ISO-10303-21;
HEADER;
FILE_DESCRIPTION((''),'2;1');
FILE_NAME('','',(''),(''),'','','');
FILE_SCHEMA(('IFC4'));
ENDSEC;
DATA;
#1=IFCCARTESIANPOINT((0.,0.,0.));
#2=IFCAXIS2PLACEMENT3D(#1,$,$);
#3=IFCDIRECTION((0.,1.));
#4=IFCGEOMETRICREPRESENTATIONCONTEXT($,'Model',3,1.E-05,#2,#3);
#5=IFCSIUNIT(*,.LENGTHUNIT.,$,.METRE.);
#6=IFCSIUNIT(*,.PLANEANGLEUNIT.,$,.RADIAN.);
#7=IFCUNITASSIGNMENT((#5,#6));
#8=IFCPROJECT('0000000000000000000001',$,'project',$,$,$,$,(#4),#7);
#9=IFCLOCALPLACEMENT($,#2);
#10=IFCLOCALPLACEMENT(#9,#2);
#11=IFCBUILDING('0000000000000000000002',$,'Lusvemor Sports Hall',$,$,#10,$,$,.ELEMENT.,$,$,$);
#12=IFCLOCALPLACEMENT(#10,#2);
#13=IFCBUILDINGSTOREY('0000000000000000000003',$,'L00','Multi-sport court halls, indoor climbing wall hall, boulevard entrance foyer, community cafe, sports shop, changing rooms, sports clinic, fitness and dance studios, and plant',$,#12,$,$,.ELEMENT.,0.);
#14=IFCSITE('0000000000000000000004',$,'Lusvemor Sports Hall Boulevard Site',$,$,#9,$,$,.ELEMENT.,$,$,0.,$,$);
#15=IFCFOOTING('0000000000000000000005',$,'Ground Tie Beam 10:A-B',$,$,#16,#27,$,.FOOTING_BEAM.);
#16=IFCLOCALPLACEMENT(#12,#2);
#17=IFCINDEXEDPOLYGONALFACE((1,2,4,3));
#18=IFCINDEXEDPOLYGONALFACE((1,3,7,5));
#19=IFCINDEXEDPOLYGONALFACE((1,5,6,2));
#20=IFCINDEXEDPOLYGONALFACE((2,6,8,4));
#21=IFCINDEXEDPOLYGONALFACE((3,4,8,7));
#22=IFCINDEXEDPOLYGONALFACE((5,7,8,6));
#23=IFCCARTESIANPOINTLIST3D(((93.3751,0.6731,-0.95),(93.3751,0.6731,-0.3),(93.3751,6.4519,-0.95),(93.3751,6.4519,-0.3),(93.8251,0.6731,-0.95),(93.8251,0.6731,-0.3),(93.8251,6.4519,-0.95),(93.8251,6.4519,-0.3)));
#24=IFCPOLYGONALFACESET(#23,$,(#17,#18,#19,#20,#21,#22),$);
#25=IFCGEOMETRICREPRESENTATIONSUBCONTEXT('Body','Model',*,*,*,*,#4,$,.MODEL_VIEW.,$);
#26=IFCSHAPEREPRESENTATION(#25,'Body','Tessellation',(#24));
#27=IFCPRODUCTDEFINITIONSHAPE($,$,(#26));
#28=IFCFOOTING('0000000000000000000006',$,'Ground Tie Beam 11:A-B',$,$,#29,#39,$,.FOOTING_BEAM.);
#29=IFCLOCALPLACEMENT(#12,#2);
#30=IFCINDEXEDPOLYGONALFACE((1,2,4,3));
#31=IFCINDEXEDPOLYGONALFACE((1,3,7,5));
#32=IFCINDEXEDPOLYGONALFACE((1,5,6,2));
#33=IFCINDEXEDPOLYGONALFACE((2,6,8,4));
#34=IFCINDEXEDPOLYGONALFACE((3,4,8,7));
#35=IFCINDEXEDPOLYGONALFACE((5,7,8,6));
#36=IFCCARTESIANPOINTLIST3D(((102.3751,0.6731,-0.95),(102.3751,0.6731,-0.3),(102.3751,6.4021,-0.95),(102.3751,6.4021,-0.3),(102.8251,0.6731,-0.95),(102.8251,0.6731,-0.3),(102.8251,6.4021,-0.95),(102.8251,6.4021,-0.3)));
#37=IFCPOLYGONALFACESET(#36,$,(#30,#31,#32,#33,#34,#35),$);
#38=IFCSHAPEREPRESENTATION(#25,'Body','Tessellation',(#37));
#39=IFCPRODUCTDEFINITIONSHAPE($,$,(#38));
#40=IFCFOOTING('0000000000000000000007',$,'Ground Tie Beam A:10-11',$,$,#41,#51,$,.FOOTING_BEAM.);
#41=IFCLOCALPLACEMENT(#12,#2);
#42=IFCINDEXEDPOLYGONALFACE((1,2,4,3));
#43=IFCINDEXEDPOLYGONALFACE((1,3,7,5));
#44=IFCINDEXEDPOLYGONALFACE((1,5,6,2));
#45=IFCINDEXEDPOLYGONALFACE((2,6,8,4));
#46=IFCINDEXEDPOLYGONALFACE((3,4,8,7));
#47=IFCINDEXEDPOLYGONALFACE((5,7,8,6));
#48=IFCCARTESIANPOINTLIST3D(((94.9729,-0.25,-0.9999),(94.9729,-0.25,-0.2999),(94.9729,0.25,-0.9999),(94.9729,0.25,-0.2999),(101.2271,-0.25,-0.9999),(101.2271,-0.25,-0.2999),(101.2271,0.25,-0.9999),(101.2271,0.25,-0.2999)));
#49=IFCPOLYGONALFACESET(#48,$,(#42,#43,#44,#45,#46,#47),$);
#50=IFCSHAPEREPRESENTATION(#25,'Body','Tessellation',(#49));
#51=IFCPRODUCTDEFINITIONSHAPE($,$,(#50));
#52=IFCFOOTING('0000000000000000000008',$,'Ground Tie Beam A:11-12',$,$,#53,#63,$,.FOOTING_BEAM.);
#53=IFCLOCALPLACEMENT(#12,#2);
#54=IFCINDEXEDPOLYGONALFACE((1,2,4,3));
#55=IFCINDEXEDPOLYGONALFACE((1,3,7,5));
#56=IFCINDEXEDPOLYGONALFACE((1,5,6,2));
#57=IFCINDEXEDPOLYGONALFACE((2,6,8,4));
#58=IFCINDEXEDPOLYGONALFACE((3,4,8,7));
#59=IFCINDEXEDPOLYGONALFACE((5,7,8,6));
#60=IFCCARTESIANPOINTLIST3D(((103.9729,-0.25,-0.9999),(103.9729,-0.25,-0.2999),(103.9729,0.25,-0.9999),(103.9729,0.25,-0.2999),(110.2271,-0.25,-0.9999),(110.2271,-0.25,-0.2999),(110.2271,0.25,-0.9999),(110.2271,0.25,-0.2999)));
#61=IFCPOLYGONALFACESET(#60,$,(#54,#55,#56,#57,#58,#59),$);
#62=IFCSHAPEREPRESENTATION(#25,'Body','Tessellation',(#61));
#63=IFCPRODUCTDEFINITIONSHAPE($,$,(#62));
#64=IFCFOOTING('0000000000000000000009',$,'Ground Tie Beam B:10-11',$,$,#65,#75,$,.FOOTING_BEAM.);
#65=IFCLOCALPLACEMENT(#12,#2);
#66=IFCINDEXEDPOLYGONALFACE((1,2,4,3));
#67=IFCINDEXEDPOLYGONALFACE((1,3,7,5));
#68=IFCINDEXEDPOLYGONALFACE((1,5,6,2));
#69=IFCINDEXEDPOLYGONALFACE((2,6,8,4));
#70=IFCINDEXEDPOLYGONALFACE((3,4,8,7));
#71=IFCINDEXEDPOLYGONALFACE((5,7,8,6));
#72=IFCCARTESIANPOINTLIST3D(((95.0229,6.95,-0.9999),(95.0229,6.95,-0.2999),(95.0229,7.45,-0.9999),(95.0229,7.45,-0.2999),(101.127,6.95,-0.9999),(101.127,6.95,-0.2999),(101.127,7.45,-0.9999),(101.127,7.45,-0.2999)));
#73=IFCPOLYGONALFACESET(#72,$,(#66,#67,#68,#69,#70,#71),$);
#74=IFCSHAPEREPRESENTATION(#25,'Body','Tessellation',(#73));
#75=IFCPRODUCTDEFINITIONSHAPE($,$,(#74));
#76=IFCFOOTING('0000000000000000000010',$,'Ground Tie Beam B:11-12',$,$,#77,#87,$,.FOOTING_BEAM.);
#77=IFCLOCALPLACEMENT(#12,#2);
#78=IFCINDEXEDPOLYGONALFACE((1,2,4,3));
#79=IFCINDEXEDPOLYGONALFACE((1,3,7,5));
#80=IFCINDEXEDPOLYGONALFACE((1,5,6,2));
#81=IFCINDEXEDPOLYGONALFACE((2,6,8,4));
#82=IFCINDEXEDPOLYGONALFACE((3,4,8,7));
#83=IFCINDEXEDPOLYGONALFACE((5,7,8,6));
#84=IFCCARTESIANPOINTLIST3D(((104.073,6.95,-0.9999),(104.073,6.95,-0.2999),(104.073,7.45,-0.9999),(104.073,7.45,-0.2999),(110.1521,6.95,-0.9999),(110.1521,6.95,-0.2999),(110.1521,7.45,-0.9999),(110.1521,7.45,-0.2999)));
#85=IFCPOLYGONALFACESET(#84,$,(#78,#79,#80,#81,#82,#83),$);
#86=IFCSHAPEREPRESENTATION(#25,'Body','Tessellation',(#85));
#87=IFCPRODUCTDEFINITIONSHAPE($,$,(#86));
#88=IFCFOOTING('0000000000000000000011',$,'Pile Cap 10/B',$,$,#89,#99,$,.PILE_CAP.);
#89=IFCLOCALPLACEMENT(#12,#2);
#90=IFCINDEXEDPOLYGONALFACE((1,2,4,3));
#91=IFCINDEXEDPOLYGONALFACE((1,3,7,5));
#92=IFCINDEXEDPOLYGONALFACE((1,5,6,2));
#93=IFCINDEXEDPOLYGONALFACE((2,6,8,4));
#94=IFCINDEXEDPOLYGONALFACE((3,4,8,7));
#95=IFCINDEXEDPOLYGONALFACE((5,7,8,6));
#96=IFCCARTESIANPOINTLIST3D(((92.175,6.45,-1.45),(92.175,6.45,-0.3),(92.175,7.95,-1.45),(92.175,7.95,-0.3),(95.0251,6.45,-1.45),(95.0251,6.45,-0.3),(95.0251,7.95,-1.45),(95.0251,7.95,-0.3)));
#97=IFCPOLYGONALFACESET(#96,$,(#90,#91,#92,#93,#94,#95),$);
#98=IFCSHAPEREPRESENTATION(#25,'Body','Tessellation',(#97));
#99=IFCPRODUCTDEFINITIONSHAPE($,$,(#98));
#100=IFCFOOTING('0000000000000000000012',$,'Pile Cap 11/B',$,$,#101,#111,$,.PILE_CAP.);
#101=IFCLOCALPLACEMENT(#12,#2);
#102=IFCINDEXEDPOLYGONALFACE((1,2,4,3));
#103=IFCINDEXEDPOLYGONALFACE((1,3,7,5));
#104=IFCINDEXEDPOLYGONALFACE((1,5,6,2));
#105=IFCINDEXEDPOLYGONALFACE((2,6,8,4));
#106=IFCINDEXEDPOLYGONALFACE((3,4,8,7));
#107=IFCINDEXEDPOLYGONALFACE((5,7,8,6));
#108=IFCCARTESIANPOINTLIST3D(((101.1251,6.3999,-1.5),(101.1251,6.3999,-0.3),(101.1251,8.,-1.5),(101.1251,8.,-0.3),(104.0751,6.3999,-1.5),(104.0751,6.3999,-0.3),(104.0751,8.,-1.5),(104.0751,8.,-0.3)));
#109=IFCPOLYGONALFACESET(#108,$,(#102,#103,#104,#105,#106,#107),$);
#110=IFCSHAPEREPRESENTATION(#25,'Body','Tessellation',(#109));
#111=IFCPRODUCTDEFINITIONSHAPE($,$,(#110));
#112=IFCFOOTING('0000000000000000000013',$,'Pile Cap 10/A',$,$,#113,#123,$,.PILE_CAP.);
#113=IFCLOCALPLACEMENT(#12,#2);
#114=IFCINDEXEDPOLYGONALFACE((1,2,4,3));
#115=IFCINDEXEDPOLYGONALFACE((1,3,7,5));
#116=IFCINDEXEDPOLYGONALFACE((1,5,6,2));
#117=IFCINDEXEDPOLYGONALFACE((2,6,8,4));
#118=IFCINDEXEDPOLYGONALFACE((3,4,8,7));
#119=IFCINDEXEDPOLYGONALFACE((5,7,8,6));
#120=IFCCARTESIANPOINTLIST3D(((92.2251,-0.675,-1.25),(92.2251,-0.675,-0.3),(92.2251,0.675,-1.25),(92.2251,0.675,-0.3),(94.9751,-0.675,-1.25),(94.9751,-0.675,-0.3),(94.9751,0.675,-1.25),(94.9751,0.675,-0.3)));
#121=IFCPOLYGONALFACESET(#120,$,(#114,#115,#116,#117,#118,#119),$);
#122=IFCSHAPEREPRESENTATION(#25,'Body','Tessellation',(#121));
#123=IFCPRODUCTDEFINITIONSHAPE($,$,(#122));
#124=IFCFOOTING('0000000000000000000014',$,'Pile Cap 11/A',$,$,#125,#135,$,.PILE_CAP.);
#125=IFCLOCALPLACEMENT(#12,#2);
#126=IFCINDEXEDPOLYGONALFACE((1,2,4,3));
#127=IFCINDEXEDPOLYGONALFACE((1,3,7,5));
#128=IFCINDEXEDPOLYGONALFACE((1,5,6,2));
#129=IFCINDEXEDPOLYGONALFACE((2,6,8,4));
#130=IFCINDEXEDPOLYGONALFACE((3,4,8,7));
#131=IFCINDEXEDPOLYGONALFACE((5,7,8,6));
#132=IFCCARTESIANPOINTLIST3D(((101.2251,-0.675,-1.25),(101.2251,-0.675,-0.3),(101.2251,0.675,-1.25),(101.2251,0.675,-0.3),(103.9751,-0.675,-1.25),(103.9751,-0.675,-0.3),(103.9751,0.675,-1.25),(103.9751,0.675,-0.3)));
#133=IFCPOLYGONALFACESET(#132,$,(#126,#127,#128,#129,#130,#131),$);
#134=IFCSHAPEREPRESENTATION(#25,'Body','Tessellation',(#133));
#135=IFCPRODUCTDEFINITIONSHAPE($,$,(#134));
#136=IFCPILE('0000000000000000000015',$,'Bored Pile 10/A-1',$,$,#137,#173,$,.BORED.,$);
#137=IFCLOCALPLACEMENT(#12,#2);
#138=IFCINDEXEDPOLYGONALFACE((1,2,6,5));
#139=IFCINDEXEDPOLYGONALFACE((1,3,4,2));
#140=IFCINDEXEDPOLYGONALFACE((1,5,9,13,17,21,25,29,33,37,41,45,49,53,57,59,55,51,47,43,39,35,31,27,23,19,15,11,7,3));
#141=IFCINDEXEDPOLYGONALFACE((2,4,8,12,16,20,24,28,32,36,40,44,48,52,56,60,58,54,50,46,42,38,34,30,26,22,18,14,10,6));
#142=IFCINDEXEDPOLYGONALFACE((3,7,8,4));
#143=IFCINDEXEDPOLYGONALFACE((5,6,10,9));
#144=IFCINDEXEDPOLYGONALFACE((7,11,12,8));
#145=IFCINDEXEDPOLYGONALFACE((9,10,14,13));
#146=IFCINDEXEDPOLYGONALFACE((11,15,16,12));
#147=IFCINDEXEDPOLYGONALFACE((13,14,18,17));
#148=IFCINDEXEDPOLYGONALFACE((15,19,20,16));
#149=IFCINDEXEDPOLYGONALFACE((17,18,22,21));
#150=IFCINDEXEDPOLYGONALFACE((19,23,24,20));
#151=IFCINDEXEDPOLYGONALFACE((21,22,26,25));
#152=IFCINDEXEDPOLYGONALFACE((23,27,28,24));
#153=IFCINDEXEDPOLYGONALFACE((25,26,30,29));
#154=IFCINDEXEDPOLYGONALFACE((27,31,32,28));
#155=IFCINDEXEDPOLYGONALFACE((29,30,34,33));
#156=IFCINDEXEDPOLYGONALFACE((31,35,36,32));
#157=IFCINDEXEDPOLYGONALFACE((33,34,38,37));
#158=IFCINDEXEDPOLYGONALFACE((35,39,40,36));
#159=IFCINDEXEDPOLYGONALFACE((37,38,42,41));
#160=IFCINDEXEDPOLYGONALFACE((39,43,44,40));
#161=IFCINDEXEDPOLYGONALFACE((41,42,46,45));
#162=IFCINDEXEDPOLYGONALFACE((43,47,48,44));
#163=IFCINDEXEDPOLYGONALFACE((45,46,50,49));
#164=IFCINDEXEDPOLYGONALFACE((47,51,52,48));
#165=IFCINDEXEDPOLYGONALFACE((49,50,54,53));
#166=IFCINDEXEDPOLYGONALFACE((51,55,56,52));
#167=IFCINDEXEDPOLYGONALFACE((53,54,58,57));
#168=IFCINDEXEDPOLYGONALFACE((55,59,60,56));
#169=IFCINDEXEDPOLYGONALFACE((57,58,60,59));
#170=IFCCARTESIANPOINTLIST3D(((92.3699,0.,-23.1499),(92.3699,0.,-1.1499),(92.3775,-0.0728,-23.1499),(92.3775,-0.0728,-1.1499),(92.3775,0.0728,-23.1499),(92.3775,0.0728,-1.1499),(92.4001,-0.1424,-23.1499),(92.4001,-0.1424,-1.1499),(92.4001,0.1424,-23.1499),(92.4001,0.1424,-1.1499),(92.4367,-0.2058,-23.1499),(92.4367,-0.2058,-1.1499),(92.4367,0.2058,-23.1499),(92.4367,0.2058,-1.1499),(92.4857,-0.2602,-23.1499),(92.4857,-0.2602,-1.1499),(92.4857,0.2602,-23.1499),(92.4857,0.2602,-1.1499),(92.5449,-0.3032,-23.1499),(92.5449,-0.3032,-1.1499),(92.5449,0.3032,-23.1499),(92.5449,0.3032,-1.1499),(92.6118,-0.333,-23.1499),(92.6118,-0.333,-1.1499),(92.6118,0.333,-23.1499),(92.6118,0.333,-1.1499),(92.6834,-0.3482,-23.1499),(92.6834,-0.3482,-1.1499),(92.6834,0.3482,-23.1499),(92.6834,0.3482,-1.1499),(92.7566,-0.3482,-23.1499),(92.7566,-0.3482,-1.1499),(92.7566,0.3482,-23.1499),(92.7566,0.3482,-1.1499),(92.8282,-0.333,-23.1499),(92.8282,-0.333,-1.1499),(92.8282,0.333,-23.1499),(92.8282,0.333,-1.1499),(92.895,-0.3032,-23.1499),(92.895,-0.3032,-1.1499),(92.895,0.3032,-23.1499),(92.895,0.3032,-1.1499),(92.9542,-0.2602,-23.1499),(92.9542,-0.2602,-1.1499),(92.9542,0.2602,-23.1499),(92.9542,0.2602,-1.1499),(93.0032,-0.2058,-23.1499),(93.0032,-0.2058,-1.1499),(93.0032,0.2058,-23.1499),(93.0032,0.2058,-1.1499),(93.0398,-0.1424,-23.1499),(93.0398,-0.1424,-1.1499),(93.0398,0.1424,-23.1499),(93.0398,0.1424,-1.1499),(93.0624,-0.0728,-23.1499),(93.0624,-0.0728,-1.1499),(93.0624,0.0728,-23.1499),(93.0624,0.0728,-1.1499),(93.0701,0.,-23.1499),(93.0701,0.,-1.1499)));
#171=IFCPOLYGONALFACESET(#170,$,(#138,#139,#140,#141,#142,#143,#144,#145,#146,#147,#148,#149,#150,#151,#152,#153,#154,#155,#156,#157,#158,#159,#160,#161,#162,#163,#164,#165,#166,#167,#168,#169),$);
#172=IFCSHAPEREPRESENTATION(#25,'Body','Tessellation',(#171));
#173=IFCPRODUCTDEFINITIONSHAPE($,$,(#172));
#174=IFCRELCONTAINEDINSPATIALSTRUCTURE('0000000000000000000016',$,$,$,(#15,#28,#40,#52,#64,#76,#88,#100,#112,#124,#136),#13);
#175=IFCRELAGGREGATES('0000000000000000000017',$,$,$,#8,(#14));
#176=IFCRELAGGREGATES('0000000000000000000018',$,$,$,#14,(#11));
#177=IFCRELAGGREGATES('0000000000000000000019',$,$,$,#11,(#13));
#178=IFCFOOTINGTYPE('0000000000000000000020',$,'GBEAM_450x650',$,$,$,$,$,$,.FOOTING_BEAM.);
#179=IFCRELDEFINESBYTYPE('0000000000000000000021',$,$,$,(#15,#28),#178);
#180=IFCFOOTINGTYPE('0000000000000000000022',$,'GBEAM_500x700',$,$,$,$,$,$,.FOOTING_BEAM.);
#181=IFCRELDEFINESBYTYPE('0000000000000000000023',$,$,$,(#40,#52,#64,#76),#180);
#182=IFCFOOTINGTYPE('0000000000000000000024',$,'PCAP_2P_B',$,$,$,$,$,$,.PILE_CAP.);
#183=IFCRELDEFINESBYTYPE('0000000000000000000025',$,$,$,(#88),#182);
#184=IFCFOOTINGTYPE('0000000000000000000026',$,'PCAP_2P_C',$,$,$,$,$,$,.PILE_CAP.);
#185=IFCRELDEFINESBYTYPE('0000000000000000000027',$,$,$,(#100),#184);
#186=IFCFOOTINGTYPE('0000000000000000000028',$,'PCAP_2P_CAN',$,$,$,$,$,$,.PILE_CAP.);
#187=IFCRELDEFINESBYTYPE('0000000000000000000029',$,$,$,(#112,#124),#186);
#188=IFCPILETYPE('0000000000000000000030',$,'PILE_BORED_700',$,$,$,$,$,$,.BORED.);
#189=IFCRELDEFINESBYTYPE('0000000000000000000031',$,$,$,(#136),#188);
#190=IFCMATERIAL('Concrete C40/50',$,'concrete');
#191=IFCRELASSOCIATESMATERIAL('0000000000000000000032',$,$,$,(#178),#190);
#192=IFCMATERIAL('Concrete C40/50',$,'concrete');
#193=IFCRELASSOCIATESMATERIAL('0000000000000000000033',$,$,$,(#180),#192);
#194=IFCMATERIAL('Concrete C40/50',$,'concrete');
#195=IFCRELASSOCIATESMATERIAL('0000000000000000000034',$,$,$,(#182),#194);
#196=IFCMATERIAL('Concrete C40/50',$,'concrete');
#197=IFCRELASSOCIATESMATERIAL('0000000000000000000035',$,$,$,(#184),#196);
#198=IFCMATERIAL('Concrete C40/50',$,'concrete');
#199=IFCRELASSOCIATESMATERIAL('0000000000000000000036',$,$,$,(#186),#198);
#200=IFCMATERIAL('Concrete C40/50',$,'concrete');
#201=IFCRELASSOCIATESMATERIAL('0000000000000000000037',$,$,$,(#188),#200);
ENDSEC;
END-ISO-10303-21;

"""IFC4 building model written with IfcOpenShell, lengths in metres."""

from ifc_helpers import new_model, si_unit, direction, frame, origin, origin_2d, place, context, subcontext, project, spatial, rectangle, circle, extrude, material, material_profile, profile_set, type_object, element, save


model = new_model("IFC4")

# Units and contexts
model_context = context("Model", 3, precision=1e-05, world=origin(), true_north=direction((0.0, 1.0)))
body_context = subcontext(model_context, "Body", "Model", "MODEL_VIEW")
ifc_project = project(units=[si_unit("LENGTHUNIT", "METRE"), si_unit("PLANEANGLEUNIT", "RADIAN")], contexts=[model_context])

# Site, building, storey
site_placement = place(None, origin())
site = spatial("IfcSite", under=ifc_project, at=site_placement, Name="Lusvemor Sports Hall Boulevard Site", CompositionType="ELEMENT", RefElevation=0.0)
building_placement = place(site_placement, origin())
building = spatial("IfcBuilding", under=site, at=building_placement, Name="Lusvemor Sports Hall", CompositionType="ELEMENT")
storey_placement = place(building_placement, origin())
storey = spatial("IfcBuildingStorey", under=building, at=storey_placement, Name="L00", Description="Multi-sport court halls, indoor climbing wall hall, boulevard entrance foyer, community cafe, sports shop, changing rooms, sports clinic, fitness and dance studios, and plant", CompositionType="ELEMENT", Elevation=0.0)

# Footings
ifc_material_1 = material(Name="Concrete C40/50", Category="concrete")
ifc_material_profile_1 = material_profile(ifc_material_1, rectangle(XDim=0.45, YDim=0.6499, at=origin_2d()), Name="GB_450x650")
ifc_profile_set_1 = profile_set([ifc_material_profile_1], Name="Concrete C40/50")
footing_type_1 = type_object("IfcFootingType", Name="GBEAM_450x650", PredefinedType="FOOTING_BEAM", material=ifc_profile_set_1)
footing_1_placement = place(storey_placement, frame((93.6001, 0.6731, -0.625), z_axis=(0.0, 1.0, 0.0), x_axis=(-1.0, 0.0, 0.0)))
element("IfcFooting", 1, at=footing_1_placement, inside=storey, type_object=footing_type_1, Name="Ground Tie Beam 10:A-B", PredefinedType="FOOTING_BEAM", context=body_context, shape_type="SweptSolid", body=[
    extrude(rectangle(XDim=0.45, YDim=0.6499, at=origin_2d()), origin(), (0.0, 0.0, 1.0), 5.7788),
])
footing_2_placement = place(storey_placement, frame((102.6001, 0.6731, -0.625), z_axis=(0.0, 1.0, 0.0), x_axis=(-1.0, 0.0, 0.0)))
element("IfcFooting", 2, at=footing_2_placement, inside=storey, type_object=footing_type_1, Name="Ground Tie Beam 11:A-B", PredefinedType="FOOTING_BEAM", context=body_context, shape_type="SweptSolid", body=[
    extrude(rectangle(XDim=0.45, YDim=0.6499, at=origin_2d()), origin(), (0.0, 0.0, 1.0), 5.729),
])
ifc_material_2 = material(Name="Concrete C40/50", Category="concrete")
ifc_material_profile_2 = material_profile(ifc_material_2, rectangle(XDim=0.5, YDim=0.7, at=origin_2d()), Name="GB_500x700")
ifc_profile_set_2 = profile_set([ifc_material_profile_2], Name="Concrete C40/50")
footing_type_2 = type_object("IfcFootingType", Name="GBEAM_500x700", PredefinedType="FOOTING_BEAM", material=ifc_profile_set_2)
for number, where, z_axis, x_axis, name in (
    (3, (94.9729, 0.0, -0.6499), (1.0, 0.0, 0.0), (0.0, 1.0, 0.0), "Ground Tie Beam A:10-11"),
    (4, (103.9729, 0.0, -0.6499), (1.0, 0.0, 0.0), (0.0, 1.0, 0.0), "Ground Tie Beam A:11-12"),
):
    element("IfcFooting", number, at=place(storey_placement, frame(where, z_axis=z_axis, x_axis=x_axis)), inside=storey, type_object=footing_type_2, Name=name, PredefinedType="FOOTING_BEAM", context=body_context, shape_type="SweptSolid", body=[
        extrude(rectangle(XDim=0.5, YDim=0.7, at=origin_2d()), origin(), (0.0, 0.0, 1.0), 6.2542),
    ])
footing_3_placement = place(storey_placement, frame((95.0229, 7.2, -0.6499), z_axis=(1.0, 0.0, 0.0), x_axis=(0.0, 1.0, 0.0)))
element("IfcFooting", 5, at=footing_3_placement, inside=storey, type_object=footing_type_2, Name="Ground Tie Beam B:10-11", PredefinedType="FOOTING_BEAM", context=body_context, shape_type="SweptSolid", body=[
    extrude(rectangle(XDim=0.5, YDim=0.7, at=origin_2d()), origin(), (0.0, 0.0, 1.0), 6.104),
])
footing_4_placement = place(storey_placement, frame((104.073, 7.2, -0.6499), z_axis=(1.0, 0.0, 0.0), x_axis=(0.0, 1.0, 0.0)))
element("IfcFooting", 6, at=footing_4_placement, inside=storey, type_object=footing_type_2, Name="Ground Tie Beam B:11-12", PredefinedType="FOOTING_BEAM", context=body_context, shape_type="SweptSolid", body=[
    extrude(rectangle(XDim=0.5, YDim=0.7, at=origin_2d()), origin(), (0.0, 0.0, 1.0), 6.0791),
])
ifc_material_3 = material(Name="Concrete C40/50", Category="concrete")
footing_type_3 = type_object("IfcFootingType", Name="PCAP_2P_B", PredefinedType="PILE_CAP", material=ifc_material_3)
footing_5_placement = place(storey_placement, frame((93.6001, 7.2, -1.45), z_axis=(0.0, 0.0, 1.0), x_axis=(1.0, 0.0, 0.0)))
element("IfcFooting", 7, at=footing_5_placement, inside=storey, type_object=footing_type_3, Name="Pile Cap 10/B", PredefinedType="PILE_CAP", context=body_context, shape_type="SweptSolid", body=[
    extrude(rectangle(XDim=2.8501, YDim=1.5, at=origin_2d()), origin(), (0.0, 0.0, 1.0), 1.1499),
])
ifc_material_4 = material(Name="Concrete C40/50", Category="concrete")
footing_type_4 = type_object("IfcFootingType", Name="PCAP_2P_C", PredefinedType="PILE_CAP", material=ifc_material_4)
footing_6_placement = place(storey_placement, frame((102.6001, 7.2, -1.5), z_axis=(0.0, 0.0, 1.0), x_axis=(1.0, 0.0, 0.0)))
element("IfcFooting", 8, at=footing_6_placement, inside=storey, type_object=footing_type_4, Name="Pile Cap 11/B", PredefinedType="PILE_CAP", context=body_context, shape_type="SweptSolid", body=[
    extrude(rectangle(XDim=2.95, YDim=1.6001, at=origin_2d()), origin(), (0.0, 0.0, 1.0), 1.2),
])
ifc_material_5 = material(Name="Concrete C40/50", Category="concrete")
footing_type_5 = type_object("IfcFootingType", Name="PCAP_2P_CAN", PredefinedType="PILE_CAP", material=ifc_material_5)
for number, where, z_axis, x_axis, name in (
    (9, (93.6001, 0.0, -1.25), (0.0, 0.0, 1.0), (1.0, 0.0, 0.0), "Pile Cap 10/A"),
    (10, (102.6001, 0.0, -1.25), (0.0, 0.0, 1.0), (1.0, 0.0, 0.0), "Pile Cap 11/A"),
):
    element("IfcFooting", number, at=place(storey_placement, frame(where, z_axis=z_axis, x_axis=x_axis)), inside=storey, type_object=footing_type_5, Name=name, PredefinedType="PILE_CAP", context=body_context, shape_type="SweptSolid", body=[
        extrude(rectangle(XDim=2.75, YDim=1.3501, at=origin_2d()), origin(), (0.0, 0.0, 1.0), 0.95),
    ])

# Pile
ifc_material_6 = material(Name="Concrete C40/50", Category="concrete")
ifc_material_profile_3 = material_profile(ifc_material_6, circle(Radius=0.3501, at=origin_2d()), Name="PILE700")
ifc_profile_set_3 = profile_set([ifc_material_profile_3], Name="Concrete C40/50")
pile_type = type_object("IfcPileType", Name="PILE_BORED_700", PredefinedType="BORED", material=ifc_profile_set_3)
for number, where, z_axis, x_axis, name in (
    (11, (92.72, 0.0, -1.1499), (0.0, 0.0, -1.0), (1.0, 0.0, 0.0), "Bored Pile 10/A-1"),
):
    element("IfcPile", number, at=place(storey_placement, frame(where, z_axis=z_axis, x_axis=x_axis)), inside=storey, type_object=pile_type, Name=name, PredefinedType="BORED", context=body_context, shape_type="SweptSolid", body=[
        extrude(circle(Radius=0.3501, at=origin_2d()), origin(), (0.0, 0.0, 1.0), 22.0),
    ])

save(model, "model.ifc")
